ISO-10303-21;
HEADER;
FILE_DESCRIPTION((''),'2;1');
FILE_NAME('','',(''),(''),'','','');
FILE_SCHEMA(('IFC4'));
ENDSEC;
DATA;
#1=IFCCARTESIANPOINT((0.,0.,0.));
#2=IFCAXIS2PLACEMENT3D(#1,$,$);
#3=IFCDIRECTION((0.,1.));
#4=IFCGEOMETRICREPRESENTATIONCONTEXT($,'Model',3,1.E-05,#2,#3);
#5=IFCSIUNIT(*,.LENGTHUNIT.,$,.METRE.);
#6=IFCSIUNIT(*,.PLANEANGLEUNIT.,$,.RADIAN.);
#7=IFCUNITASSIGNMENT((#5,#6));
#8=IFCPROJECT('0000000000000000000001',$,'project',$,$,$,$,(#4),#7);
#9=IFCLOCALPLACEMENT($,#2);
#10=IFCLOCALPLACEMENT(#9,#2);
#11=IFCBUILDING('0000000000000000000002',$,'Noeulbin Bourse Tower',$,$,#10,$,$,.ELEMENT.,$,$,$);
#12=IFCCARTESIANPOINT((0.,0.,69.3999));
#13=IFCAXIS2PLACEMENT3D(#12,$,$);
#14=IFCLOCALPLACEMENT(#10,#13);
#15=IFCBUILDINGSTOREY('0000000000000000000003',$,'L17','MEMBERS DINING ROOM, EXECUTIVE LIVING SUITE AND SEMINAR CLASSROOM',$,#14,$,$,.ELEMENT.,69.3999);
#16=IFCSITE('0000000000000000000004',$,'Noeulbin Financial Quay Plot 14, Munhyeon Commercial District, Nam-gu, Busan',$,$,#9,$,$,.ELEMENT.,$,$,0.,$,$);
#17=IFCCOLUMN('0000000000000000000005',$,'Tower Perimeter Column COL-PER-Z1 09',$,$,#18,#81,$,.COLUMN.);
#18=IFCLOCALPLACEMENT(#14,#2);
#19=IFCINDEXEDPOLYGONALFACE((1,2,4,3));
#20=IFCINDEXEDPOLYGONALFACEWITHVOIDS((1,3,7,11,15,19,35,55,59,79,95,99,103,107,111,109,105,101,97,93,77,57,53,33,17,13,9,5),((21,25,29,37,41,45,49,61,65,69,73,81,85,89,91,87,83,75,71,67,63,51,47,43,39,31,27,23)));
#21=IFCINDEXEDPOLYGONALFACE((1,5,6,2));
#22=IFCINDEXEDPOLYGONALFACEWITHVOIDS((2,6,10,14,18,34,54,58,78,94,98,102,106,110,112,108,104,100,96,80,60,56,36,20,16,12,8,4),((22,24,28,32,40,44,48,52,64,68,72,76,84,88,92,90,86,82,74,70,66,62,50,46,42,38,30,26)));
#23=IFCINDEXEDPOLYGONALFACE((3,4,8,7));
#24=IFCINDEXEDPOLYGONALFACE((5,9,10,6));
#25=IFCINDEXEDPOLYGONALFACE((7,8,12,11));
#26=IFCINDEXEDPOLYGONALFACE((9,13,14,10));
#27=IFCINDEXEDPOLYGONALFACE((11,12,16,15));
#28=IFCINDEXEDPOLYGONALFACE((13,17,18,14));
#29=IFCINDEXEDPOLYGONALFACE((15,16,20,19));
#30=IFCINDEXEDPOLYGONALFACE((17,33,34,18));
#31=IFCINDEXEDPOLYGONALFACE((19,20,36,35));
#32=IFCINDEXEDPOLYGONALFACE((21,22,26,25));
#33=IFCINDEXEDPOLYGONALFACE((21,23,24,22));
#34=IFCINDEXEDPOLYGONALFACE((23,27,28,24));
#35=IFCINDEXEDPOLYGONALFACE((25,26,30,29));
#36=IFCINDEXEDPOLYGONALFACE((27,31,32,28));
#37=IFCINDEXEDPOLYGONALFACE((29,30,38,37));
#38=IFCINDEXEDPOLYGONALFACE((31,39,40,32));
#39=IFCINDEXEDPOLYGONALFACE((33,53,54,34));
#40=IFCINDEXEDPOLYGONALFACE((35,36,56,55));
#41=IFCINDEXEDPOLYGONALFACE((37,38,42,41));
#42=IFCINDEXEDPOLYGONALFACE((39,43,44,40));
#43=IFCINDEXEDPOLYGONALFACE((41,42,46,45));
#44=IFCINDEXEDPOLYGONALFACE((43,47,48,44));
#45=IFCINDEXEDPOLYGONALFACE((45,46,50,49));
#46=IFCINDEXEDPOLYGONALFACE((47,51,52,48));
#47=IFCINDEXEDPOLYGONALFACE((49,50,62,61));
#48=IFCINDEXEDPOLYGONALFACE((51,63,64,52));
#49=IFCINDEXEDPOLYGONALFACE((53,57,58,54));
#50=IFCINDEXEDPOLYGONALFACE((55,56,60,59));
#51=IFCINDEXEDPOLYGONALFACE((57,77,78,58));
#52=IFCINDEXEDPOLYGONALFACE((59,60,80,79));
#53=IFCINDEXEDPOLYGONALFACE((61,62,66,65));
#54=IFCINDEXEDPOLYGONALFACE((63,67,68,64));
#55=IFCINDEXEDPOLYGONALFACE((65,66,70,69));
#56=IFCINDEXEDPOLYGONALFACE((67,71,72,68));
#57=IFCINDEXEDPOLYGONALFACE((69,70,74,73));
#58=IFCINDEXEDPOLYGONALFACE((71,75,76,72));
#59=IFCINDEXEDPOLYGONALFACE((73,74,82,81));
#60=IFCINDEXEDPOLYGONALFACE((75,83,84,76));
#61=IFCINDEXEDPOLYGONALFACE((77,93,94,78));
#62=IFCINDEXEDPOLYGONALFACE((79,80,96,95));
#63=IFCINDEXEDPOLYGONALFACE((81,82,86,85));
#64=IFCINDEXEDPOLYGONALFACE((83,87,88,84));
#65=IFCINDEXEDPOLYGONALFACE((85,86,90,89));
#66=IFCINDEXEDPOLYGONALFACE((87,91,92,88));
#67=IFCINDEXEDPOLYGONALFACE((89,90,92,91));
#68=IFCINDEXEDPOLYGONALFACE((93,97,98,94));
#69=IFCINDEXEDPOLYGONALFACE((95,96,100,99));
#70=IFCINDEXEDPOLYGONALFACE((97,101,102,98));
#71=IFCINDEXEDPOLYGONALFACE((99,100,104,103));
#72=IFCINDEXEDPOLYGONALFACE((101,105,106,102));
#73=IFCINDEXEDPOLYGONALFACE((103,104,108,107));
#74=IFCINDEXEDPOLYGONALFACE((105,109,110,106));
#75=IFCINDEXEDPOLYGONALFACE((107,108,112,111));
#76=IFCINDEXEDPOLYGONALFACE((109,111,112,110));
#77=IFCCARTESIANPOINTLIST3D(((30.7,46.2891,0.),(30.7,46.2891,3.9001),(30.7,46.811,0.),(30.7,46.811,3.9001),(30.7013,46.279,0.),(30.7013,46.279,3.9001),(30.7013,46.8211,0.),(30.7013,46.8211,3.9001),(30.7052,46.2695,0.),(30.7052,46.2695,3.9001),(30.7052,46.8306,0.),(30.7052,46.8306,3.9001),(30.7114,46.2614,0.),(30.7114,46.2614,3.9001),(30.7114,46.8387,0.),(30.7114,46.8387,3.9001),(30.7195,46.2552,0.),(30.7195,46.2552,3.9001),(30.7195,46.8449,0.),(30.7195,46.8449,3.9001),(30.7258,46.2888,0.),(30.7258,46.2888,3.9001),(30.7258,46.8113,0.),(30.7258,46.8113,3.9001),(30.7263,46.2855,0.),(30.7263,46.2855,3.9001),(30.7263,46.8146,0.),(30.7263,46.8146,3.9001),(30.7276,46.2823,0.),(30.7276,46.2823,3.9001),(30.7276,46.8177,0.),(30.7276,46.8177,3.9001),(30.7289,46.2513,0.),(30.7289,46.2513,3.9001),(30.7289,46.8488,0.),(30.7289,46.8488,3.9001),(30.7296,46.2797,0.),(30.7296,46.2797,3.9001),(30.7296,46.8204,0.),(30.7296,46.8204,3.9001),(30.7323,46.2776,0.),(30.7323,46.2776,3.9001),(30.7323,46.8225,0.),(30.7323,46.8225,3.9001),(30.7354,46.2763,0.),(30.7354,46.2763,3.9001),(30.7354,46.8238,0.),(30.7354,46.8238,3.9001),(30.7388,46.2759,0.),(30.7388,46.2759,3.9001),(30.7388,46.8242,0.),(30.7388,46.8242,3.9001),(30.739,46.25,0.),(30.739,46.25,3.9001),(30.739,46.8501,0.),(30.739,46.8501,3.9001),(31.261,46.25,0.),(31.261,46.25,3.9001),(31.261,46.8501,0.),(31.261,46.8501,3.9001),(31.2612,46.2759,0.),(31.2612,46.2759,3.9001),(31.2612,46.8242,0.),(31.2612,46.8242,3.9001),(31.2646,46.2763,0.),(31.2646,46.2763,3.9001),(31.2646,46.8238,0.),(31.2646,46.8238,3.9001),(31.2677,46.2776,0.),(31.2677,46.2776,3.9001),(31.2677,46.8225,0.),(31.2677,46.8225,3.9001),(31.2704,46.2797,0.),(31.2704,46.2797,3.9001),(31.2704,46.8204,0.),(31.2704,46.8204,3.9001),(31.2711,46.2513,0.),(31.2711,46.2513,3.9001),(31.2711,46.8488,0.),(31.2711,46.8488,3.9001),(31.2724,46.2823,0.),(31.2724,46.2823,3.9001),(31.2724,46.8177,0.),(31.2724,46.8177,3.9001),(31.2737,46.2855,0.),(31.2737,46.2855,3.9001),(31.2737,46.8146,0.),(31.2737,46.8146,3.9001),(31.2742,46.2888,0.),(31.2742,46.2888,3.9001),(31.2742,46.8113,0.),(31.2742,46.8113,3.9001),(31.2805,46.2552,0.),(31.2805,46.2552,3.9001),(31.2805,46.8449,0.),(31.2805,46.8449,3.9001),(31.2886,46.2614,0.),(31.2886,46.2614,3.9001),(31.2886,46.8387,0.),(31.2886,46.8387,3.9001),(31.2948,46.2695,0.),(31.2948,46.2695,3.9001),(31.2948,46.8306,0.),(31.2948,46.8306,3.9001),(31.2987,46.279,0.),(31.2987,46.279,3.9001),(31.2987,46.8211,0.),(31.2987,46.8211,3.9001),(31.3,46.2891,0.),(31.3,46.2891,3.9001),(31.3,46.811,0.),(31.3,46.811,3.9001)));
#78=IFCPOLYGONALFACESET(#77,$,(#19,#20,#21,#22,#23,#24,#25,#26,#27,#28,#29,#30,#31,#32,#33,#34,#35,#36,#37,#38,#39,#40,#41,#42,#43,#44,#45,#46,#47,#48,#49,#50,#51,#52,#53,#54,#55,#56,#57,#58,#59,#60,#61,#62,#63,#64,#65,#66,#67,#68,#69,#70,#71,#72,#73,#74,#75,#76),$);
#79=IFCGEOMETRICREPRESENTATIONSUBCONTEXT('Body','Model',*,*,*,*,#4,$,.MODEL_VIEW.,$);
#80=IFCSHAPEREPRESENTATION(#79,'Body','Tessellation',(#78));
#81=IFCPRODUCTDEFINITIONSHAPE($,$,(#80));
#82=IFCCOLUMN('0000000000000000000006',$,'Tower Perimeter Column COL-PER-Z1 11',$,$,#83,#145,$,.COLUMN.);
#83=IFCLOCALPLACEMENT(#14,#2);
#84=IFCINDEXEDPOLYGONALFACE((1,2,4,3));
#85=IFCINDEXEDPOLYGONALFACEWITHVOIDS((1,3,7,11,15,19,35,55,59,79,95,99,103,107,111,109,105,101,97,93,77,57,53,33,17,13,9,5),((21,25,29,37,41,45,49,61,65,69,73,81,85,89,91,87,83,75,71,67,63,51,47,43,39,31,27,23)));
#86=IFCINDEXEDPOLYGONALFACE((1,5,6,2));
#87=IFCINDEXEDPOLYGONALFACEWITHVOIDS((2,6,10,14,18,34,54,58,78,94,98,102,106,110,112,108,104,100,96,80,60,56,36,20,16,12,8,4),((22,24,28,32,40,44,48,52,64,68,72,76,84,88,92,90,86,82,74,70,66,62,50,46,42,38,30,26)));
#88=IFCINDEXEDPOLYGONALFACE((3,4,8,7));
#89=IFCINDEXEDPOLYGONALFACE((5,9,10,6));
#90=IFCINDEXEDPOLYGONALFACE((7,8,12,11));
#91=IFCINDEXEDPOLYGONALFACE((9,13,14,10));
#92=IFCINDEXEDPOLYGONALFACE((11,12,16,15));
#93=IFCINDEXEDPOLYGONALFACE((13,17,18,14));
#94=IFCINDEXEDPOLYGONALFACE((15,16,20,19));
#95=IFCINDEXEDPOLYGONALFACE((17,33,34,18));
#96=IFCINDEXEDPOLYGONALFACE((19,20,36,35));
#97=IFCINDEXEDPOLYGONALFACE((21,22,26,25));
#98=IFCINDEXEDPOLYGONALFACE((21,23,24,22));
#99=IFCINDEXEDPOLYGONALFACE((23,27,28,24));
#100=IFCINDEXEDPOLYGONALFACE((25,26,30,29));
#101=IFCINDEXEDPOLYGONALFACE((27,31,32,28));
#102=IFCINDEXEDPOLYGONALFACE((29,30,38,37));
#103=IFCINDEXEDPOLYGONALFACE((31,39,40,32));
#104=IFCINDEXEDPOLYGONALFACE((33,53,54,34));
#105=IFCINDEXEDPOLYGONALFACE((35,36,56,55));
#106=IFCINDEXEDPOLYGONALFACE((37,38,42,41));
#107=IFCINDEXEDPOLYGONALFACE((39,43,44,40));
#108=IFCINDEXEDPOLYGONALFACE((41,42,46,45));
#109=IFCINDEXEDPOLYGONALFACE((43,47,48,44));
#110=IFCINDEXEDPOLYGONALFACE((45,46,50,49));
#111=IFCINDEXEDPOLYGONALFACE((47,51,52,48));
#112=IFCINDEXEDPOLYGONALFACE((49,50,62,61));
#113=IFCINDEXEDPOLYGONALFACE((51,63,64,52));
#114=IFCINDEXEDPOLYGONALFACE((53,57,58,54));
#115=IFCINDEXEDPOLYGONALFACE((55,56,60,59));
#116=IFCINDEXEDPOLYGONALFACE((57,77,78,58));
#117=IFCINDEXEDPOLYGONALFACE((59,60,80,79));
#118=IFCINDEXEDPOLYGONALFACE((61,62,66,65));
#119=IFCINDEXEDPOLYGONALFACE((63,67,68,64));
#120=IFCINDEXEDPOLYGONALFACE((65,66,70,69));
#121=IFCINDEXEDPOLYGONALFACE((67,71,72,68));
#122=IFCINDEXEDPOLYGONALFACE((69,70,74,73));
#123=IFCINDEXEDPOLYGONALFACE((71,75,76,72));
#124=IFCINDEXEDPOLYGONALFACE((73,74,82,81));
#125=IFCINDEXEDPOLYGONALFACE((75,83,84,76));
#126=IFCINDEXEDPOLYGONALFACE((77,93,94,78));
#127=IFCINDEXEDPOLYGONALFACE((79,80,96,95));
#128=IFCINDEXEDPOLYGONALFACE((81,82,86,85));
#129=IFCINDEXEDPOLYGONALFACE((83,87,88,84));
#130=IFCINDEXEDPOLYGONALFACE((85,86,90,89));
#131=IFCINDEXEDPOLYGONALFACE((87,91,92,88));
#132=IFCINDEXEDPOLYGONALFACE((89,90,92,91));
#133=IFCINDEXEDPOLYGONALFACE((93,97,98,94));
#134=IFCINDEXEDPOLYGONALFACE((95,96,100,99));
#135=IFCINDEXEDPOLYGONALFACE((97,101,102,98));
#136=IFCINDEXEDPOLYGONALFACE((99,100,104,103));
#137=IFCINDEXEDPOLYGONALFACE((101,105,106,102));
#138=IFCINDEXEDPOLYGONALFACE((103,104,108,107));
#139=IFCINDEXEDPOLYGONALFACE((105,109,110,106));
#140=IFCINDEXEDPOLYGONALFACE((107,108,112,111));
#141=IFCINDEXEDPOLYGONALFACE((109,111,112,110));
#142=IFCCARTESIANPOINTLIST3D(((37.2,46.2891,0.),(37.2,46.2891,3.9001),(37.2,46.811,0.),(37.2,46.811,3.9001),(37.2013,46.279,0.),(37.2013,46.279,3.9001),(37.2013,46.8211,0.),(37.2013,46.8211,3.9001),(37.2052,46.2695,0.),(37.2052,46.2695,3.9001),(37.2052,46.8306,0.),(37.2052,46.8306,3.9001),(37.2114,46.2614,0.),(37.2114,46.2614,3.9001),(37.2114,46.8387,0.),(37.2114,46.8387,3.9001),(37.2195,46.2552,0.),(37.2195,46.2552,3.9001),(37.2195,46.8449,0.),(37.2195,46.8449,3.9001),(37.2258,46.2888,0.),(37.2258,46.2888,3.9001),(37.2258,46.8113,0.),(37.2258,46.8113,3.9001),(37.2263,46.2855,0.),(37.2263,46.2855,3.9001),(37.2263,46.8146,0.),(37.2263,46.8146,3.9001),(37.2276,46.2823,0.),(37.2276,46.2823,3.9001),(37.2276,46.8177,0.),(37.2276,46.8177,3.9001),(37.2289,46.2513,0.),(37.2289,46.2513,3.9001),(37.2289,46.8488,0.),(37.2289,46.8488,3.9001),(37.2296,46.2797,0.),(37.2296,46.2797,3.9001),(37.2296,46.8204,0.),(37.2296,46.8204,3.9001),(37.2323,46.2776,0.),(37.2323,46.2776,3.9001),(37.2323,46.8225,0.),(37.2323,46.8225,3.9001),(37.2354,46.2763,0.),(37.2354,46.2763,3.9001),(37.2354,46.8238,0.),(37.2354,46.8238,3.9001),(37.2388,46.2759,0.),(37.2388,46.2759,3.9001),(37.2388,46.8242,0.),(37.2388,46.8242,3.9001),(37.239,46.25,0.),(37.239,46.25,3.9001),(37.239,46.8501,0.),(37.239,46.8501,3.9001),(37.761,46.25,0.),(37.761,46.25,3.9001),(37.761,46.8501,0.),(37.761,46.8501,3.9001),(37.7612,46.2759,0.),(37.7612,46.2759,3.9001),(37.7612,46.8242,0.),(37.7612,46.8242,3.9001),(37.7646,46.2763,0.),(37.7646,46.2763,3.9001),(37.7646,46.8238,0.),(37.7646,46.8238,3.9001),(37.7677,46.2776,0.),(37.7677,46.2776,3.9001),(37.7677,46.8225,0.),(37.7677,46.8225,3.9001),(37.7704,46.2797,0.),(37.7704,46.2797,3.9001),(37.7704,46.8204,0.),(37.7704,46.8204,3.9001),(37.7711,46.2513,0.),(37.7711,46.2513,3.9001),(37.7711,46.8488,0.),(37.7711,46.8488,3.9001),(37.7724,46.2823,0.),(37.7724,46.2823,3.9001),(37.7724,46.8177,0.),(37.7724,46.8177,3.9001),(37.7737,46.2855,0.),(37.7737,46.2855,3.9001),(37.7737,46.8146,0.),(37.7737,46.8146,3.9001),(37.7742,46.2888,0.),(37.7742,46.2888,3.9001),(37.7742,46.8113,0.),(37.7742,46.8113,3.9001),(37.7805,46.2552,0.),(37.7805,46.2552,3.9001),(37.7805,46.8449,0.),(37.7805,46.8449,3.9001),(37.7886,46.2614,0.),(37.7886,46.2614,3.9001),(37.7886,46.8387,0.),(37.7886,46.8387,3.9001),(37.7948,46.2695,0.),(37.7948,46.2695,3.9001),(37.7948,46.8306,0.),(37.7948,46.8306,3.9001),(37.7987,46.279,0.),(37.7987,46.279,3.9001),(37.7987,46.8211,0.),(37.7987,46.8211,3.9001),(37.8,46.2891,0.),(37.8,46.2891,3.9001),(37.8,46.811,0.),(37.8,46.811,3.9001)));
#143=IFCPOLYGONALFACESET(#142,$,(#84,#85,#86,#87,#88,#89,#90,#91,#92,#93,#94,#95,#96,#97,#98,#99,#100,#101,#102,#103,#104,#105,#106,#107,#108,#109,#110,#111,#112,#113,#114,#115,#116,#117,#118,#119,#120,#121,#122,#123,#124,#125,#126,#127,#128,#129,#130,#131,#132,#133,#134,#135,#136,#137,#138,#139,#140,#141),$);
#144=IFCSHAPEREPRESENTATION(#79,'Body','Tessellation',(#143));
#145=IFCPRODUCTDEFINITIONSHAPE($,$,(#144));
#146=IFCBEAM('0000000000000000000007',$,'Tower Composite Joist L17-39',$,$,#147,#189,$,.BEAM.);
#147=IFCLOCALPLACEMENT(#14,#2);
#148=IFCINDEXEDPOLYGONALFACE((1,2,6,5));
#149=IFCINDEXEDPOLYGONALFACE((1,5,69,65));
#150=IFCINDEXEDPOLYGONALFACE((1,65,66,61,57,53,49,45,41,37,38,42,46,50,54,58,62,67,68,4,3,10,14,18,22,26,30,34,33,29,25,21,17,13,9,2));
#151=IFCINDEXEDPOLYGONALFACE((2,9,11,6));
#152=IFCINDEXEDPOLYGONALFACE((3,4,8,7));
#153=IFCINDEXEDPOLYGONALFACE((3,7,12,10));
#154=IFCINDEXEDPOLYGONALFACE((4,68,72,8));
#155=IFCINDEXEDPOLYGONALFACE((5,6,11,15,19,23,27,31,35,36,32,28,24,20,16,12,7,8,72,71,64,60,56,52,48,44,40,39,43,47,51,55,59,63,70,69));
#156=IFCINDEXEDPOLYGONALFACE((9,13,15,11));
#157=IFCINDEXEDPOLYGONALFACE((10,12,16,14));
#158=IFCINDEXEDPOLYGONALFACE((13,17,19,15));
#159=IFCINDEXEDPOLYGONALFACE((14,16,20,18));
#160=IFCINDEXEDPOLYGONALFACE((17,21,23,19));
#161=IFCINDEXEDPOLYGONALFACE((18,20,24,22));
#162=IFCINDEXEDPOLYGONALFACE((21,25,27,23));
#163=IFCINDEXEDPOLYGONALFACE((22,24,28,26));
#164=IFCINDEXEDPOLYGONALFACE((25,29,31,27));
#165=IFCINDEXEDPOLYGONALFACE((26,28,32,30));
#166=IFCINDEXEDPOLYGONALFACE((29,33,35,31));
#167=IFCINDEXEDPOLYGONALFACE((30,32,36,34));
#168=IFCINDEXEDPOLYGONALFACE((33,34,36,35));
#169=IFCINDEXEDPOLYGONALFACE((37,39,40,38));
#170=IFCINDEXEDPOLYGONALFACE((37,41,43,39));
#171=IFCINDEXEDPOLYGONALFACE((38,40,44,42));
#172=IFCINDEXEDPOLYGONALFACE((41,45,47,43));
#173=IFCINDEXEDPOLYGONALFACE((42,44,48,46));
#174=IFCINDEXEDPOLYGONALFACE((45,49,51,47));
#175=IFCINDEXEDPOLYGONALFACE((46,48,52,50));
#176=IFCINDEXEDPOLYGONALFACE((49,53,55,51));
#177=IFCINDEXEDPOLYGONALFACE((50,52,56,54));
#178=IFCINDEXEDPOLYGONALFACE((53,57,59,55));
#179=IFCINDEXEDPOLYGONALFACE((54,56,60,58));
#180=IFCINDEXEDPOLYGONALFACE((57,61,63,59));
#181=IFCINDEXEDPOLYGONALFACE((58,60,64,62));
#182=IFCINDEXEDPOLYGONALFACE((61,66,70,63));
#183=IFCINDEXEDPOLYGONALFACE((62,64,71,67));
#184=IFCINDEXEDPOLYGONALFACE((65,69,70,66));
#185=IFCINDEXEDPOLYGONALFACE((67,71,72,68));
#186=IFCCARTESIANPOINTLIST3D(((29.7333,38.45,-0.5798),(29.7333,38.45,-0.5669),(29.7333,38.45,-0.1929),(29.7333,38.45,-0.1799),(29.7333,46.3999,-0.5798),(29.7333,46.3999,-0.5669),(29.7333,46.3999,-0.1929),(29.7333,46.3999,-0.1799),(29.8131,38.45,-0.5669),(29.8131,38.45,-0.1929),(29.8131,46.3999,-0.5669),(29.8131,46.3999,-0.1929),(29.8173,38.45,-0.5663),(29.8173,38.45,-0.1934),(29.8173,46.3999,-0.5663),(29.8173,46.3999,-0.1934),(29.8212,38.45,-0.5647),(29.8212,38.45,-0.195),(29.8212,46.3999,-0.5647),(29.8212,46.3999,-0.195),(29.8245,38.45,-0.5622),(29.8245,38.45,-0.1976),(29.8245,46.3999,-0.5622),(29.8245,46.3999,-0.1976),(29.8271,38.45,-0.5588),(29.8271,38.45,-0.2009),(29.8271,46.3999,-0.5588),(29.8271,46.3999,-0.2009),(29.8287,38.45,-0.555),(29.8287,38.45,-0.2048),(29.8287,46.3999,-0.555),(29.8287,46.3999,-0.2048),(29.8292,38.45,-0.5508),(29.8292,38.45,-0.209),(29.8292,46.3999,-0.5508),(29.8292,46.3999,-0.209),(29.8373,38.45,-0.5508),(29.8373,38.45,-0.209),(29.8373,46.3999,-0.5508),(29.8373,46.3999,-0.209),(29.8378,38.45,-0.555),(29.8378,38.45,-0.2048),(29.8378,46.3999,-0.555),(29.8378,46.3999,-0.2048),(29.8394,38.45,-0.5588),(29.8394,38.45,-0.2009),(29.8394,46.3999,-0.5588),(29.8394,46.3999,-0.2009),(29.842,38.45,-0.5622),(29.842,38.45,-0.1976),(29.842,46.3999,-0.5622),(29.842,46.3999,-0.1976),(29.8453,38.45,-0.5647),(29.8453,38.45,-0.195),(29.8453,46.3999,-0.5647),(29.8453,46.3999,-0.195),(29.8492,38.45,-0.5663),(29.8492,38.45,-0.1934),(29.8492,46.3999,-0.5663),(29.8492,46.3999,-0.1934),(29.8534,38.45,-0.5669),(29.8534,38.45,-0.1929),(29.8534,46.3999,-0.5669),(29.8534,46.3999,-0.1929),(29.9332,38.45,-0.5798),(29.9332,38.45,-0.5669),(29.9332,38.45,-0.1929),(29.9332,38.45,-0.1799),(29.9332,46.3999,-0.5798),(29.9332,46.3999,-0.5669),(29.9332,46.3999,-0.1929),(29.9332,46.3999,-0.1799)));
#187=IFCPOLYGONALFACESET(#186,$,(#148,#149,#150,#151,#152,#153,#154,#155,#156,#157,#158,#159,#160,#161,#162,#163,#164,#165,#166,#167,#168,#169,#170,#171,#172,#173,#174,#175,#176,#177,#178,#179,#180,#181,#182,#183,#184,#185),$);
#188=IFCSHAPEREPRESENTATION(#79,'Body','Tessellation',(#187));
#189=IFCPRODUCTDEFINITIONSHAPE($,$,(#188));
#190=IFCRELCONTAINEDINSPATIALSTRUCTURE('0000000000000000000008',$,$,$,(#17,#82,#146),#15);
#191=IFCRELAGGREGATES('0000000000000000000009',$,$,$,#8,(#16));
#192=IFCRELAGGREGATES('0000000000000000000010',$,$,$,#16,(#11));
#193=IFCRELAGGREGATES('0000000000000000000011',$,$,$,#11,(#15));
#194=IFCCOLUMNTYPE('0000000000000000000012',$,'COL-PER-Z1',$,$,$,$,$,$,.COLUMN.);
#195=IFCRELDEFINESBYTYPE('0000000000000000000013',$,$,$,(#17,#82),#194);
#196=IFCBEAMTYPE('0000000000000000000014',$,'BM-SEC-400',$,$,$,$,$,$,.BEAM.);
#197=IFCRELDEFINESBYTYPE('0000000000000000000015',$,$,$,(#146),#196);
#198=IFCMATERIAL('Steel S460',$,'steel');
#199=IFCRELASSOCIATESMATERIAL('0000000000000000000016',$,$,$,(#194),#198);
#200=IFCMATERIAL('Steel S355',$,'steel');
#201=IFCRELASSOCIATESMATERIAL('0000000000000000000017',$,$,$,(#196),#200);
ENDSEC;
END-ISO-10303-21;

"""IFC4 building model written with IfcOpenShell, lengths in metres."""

from ifc_helpers import new_model, si_unit, direction, frame, origin, origin_2d, place, context, subcontext, project, spatial, hollow_rectangle, i_section, extrude, material, material_profile, profile_set, type_object, element, save


model = new_model("IFC4")

# Units and contexts
model_context = context("Model", 3, precision=1e-05, world=origin(), true_north=direction((0.0, 1.0)))
body_context = subcontext(model_context, "Body", "Model", "MODEL_VIEW")
ifc_project = project(units=[si_unit("LENGTHUNIT", "METRE"), si_unit("PLANEANGLEUNIT", "RADIAN")], contexts=[model_context])

# Site, building, storey
site_placement = place(None, origin())
site = spatial("IfcSite", under=ifc_project, at=site_placement, Name="Noeulbin Financial Quay Plot 14, Munhyeon Commercial District, Nam-gu, Busan", CompositionType="ELEMENT", RefElevation=0.0)
building_placement = place(site_placement, origin())
building = spatial("IfcBuilding", under=site, at=building_placement, Name="Noeulbin Bourse Tower", CompositionType="ELEMENT")
storey_placement = place(building_placement, frame((0.0, 0.0, 69.3999)))
storey = spatial("IfcBuildingStorey", under=building, at=storey_placement, Name="L17", Description="MEMBERS DINING ROOM, EXECUTIVE LIVING SUITE AND SEMINAR CLASSROOM", CompositionType="ELEMENT", Elevation=69.3999)

# Columns
ifc_material_1 = material(Name="Steel S460", Category="steel")
ifc_material_profile_1 = material_profile(ifc_material_1, hollow_rectangle(XDim=0.6001, YDim=0.6001, WallThickness=0.0259, InnerFilletRadius=0.0129, OuterFilletRadius=0.0391, at=origin_2d()), Name="BOX-600x600x26", Category="LoadBearing")
ifc_profile_set_1 = profile_set([ifc_material_profile_1], Name="Steel S460")
column_type = type_object("IfcColumnType", Name="COL-PER-Z1", PredefinedType="COLUMN", material=ifc_profile_set_1)
for number, where, z_axis, x_axis, name in (
    (1, (31.0, 46.55, 0.0), (0.0, 0.0, 1.0), (1.0, 0.0, 0.0), "Tower Perimeter Column COL-PER-Z1 09"),
    (2, (37.5, 46.55, 0.0), (0.0, 0.0, 1.0), (1.0, 0.0, 0.0), "Tower Perimeter Column COL-PER-Z1 11"),
):
    element("IfcColumn", number, at=place(storey_placement, frame(where, z_axis=z_axis, x_axis=x_axis)), inside=storey, type_object=column_type, Name=name, PredefinedType="COLUMN", context=body_context, shape_type="SweptSolid", body=[
        extrude(hollow_rectangle(XDim=0.6001, YDim=0.6001, WallThickness=0.0259, InnerFilletRadius=0.0129, OuterFilletRadius=0.0391, at=origin_2d()), origin(), (0.0, 0.0, 1.0), 3.9001),
    ])

# Beam
ifc_material_2 = material(Name="Steel S355", Category="steel")
ifc_material_profile_2 = material_profile(ifc_material_2, i_section(OverallWidth=0.2, OverallDepth=0.3999, WebThickness=0.0081, FlangeThickness=0.0129, FilletRadius=0.0161, at=origin_2d()), Name="H-400x200x8x13", Category="LoadBearing")
ifc_profile_set_2 = profile_set([ifc_material_profile_2], Name="Steel S355")
beam_type_1 = type_object("IfcBeamType", Name="BM-SEC-400", PredefinedType="BEAM", material=ifc_profile_set_2)
for number, where, z_axis, x_axis, name in (
    (3, (29.8333, 38.45, -0.3799), (0.0, 1.0, 0.0), (-1.0, 0.0, 0.0), "Tower Composite Joist L17-39"),
):
    element("IfcBeam", number, at=place(storey_placement, frame(where, z_axis=z_axis, x_axis=x_axis)), inside=storey, type_object=beam_type_1, Name=name, PredefinedType="BEAM", context=body_context, shape_type="SweptSolid", body=[
        extrude(i_section(OverallWidth=0.2, OverallDepth=0.3999, WebThickness=0.0081, FlangeThickness=0.0129, FilletRadius=0.0161, at=origin_2d()), origin(), (0.0, 0.0, 1.0), 7.95),
    ])

save(model, "model.ifc")
